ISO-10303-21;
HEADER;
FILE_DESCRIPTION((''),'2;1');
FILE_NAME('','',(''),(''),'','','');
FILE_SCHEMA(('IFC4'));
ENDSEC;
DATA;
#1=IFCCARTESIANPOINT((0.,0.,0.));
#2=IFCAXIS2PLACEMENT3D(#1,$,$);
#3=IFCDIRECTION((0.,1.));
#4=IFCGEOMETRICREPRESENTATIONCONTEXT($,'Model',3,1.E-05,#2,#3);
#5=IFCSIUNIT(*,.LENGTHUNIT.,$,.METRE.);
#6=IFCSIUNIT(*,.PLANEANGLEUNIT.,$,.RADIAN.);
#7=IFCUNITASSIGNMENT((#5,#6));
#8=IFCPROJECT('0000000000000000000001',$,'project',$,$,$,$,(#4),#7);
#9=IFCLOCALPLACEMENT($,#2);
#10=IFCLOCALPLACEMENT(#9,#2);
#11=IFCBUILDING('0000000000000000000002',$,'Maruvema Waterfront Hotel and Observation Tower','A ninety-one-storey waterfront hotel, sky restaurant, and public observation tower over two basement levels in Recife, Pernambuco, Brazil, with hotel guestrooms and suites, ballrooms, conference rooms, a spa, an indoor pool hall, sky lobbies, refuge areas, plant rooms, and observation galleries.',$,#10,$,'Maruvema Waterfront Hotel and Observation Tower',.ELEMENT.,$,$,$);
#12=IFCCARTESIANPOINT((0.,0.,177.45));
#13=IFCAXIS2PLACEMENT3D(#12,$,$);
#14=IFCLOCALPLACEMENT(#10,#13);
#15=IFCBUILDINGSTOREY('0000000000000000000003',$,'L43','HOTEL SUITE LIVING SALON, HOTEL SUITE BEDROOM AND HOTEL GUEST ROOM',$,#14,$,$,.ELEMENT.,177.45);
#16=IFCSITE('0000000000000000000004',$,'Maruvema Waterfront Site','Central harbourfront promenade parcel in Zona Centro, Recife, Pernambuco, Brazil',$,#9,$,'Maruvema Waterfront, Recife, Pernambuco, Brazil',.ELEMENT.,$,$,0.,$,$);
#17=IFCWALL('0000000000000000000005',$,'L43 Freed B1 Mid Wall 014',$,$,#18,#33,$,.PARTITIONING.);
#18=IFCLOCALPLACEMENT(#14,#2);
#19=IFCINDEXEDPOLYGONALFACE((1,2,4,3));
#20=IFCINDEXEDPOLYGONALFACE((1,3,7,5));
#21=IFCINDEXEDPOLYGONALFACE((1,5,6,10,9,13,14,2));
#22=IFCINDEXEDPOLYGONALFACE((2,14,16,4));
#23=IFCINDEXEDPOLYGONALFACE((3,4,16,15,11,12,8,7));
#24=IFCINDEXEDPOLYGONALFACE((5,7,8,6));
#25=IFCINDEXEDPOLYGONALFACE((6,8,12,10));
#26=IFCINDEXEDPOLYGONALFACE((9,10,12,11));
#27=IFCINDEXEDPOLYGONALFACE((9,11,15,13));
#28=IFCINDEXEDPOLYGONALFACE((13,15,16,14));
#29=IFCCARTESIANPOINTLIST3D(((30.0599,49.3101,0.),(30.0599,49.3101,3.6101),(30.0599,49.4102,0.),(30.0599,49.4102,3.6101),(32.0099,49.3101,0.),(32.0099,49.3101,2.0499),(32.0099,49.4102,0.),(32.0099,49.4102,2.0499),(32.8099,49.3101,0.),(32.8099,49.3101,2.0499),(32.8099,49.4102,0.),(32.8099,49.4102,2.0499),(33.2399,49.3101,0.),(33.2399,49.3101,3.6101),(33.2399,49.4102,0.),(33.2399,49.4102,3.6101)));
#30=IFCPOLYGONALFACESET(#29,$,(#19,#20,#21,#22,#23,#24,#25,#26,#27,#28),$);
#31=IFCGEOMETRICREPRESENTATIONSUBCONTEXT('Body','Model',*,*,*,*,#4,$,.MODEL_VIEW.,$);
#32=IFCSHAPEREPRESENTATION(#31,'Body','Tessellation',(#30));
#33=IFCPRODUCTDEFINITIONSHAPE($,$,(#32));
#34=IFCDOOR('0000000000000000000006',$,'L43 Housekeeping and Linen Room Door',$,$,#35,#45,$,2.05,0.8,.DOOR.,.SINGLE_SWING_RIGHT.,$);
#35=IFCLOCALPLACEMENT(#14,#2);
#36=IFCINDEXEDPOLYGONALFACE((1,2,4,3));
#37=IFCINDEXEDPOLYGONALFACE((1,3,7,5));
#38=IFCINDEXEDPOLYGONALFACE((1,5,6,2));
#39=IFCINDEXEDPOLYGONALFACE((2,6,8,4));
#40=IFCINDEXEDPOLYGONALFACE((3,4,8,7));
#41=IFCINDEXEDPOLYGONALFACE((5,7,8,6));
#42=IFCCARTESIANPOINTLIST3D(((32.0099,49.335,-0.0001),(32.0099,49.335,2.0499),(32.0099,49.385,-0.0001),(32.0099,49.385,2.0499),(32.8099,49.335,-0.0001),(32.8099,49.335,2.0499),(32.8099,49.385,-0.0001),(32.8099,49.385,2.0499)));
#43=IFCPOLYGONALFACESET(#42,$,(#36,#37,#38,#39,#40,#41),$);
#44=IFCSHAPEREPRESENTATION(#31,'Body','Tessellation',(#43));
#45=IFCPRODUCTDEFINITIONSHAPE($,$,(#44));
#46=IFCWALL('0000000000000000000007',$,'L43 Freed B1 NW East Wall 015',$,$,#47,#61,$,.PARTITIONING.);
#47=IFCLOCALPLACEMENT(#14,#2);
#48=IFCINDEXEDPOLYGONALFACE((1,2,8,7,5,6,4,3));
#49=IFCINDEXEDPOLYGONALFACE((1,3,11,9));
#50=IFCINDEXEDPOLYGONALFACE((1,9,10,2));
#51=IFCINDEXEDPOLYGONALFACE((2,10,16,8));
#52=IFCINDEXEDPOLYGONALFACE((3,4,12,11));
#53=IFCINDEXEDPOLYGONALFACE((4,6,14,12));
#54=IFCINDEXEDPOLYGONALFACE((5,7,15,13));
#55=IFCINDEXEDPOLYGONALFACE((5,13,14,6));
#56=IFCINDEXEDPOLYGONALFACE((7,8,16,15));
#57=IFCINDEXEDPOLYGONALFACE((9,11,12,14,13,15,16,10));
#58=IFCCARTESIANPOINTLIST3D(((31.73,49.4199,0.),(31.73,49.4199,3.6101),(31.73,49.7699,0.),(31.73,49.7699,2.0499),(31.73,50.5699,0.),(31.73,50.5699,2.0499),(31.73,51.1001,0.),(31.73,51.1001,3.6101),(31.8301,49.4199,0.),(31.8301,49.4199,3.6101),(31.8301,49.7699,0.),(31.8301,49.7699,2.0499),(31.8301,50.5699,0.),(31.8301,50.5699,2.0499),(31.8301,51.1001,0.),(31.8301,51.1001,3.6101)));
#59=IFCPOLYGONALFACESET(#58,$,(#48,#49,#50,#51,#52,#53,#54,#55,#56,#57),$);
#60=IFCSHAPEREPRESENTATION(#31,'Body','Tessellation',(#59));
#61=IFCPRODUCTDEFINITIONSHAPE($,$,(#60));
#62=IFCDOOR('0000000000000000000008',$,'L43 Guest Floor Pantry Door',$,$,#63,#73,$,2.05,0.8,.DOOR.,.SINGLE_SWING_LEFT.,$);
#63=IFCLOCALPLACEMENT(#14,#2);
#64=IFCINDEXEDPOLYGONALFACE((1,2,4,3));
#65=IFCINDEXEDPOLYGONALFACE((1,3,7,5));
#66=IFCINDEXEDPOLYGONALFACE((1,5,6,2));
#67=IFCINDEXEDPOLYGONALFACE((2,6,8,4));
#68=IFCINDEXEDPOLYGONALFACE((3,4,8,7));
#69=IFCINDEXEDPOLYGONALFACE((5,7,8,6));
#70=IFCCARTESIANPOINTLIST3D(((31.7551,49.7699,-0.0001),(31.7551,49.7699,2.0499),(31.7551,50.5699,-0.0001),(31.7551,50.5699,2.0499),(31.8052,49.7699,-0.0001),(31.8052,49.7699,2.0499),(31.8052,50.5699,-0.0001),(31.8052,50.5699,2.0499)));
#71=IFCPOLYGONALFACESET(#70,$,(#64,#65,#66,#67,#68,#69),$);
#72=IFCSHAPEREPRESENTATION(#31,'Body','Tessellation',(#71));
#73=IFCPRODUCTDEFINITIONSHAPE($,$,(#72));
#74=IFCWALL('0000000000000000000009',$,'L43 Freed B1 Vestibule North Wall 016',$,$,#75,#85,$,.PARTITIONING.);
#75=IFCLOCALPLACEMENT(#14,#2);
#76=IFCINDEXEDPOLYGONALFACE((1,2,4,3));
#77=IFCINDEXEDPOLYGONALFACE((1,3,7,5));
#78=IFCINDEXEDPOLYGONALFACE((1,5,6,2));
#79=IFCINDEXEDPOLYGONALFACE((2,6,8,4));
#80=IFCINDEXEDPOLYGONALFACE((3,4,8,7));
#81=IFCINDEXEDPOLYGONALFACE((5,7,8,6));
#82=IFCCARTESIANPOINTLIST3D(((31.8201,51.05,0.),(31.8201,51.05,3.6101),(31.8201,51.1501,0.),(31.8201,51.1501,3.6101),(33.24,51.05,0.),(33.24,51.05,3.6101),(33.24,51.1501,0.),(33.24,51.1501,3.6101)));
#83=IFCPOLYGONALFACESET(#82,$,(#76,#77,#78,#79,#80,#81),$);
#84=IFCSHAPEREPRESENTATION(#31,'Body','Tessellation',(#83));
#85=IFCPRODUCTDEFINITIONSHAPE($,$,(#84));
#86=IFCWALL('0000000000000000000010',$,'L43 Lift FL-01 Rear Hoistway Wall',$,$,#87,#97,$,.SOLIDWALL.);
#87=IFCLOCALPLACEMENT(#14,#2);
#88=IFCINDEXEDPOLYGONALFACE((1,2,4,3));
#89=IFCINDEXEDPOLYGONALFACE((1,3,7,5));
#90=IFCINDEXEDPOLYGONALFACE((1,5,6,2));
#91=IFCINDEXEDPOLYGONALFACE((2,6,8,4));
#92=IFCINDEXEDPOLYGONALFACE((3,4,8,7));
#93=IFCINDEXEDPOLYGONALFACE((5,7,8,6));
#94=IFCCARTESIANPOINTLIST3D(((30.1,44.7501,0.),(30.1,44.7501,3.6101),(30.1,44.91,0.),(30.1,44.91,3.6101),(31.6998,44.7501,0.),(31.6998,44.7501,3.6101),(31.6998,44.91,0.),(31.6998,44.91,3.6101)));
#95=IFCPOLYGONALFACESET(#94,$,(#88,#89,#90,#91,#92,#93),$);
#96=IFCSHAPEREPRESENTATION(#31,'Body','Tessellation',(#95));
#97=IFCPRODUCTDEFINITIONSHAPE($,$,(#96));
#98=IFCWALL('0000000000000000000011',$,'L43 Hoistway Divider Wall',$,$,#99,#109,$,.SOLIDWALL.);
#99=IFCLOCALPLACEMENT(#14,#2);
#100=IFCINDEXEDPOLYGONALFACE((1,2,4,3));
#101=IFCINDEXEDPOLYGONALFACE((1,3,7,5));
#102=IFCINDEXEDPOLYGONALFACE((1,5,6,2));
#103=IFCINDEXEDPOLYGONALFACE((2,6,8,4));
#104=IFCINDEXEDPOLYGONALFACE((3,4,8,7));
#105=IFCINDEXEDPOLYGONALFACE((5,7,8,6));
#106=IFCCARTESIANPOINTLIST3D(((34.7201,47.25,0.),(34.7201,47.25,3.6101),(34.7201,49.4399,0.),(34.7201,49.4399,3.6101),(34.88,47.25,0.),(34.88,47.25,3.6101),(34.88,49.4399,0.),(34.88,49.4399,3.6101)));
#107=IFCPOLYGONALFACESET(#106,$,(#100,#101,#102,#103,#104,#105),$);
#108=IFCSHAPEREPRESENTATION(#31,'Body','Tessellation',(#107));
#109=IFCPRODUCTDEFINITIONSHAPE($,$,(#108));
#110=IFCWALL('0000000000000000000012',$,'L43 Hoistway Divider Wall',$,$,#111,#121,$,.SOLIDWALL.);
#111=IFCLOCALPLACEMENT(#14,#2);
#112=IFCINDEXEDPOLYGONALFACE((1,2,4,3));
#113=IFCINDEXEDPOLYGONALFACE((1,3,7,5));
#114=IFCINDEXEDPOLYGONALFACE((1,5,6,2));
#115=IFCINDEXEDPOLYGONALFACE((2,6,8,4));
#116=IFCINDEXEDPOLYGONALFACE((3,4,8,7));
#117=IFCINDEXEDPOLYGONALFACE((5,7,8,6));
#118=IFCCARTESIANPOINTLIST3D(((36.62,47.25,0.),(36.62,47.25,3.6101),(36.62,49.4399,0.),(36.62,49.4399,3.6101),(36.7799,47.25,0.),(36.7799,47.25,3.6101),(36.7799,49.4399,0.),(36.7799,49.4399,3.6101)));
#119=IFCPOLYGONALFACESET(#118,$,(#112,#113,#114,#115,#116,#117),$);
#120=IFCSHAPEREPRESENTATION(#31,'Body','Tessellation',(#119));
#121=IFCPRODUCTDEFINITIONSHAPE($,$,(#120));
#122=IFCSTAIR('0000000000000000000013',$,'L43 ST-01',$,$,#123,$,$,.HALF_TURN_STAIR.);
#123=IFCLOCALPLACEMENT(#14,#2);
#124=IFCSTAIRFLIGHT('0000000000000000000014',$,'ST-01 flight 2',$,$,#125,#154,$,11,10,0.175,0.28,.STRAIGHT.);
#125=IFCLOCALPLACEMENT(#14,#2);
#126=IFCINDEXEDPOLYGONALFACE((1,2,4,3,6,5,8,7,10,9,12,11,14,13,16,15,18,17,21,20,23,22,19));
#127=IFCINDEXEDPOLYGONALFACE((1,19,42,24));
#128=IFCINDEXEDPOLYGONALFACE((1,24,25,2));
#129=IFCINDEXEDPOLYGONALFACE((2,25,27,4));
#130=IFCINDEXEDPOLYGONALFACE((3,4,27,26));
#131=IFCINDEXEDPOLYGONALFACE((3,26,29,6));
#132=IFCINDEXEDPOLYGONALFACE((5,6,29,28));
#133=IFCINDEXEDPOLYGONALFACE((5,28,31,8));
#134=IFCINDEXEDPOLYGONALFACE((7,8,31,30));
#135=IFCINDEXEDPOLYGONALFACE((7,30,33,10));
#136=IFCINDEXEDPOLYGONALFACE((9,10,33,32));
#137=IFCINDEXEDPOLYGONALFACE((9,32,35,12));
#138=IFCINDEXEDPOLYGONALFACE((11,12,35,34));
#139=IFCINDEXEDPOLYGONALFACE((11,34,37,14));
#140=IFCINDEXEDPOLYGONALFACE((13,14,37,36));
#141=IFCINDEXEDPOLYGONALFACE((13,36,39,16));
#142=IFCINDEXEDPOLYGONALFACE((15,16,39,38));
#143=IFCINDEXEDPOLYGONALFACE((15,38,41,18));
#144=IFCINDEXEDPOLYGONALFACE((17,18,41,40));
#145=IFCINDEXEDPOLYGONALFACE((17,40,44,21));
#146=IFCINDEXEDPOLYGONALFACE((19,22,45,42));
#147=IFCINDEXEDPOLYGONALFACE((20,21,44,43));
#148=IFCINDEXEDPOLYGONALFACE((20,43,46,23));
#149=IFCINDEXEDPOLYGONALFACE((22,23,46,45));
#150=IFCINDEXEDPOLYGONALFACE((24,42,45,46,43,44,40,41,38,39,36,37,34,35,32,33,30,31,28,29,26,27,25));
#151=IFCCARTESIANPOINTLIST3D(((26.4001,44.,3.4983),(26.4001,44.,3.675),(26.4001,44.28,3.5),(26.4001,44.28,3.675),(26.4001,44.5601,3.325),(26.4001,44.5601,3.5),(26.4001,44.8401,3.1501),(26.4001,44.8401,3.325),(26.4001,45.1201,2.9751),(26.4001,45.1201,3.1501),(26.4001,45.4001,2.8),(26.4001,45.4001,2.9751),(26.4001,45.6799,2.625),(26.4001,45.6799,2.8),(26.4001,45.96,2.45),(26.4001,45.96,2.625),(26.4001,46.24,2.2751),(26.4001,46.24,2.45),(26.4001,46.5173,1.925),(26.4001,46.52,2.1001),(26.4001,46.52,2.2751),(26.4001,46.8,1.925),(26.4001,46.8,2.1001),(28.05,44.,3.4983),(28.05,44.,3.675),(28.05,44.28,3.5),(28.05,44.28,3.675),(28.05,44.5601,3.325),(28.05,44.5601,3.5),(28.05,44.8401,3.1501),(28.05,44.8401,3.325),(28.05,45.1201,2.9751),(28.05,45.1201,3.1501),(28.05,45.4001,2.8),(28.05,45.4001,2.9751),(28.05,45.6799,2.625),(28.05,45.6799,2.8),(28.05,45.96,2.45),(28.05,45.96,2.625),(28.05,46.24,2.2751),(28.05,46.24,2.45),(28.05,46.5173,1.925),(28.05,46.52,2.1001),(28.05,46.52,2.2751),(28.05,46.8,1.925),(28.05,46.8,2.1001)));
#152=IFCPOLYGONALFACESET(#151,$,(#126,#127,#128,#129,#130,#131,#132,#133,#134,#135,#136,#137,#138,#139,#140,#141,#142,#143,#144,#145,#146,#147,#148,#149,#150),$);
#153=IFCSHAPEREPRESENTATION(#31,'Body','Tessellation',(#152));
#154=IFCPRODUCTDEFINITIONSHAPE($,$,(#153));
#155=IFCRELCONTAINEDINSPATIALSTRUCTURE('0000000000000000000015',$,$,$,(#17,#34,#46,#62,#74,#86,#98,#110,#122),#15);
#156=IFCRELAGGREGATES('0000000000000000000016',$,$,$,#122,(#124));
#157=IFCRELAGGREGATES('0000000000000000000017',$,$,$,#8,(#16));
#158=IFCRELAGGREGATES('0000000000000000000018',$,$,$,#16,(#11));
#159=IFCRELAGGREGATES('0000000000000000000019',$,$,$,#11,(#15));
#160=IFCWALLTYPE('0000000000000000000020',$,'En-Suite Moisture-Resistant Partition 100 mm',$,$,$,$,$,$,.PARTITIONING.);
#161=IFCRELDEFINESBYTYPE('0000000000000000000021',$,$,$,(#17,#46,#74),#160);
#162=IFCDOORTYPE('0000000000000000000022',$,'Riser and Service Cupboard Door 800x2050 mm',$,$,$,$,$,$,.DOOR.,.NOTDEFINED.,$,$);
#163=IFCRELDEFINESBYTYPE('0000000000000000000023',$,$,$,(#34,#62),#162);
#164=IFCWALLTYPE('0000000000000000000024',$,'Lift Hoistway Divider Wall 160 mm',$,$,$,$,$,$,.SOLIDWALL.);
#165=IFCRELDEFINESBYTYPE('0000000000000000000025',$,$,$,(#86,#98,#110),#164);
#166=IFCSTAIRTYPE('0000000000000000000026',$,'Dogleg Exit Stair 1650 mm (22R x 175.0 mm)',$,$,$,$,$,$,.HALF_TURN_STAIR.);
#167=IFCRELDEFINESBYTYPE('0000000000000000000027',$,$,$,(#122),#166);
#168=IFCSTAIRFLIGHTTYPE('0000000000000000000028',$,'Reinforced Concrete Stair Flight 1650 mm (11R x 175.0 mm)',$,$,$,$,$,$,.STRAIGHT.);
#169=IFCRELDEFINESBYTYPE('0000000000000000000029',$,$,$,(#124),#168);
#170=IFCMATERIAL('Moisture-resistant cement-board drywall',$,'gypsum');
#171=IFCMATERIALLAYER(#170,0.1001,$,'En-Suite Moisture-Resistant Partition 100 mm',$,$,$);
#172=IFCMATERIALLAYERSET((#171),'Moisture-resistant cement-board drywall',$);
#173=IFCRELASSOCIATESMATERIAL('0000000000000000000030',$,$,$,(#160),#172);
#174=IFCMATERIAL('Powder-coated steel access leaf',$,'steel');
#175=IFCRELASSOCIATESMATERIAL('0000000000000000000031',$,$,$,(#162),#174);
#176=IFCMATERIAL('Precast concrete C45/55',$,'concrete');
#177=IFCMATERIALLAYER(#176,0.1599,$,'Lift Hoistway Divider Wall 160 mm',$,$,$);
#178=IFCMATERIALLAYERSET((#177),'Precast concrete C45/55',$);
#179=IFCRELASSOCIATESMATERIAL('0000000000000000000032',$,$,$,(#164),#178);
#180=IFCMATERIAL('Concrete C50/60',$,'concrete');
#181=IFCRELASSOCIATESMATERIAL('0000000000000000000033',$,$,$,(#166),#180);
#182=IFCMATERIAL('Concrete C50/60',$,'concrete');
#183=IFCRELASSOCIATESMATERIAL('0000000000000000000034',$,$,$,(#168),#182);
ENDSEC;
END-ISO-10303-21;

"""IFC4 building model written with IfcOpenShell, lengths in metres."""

from ifc_helpers import new_model, si_unit, direction, frame, frame_2d, origin, place, context, subcontext, project, spatial, polyline, rectangle, outline, extrude, material, layer, layer_set, type_object, element, fill, aggregate, save


model = new_model("IFC4")

# Units and contexts
model_context = context("Model", 3, precision=1e-05, world=origin(), true_north=direction((0.0, 1.0)))
body_context = subcontext(model_context, "Body", "Model", "MODEL_VIEW")
ifc_project = project(units=[si_unit("LENGTHUNIT", "METRE"), si_unit("PLANEANGLEUNIT", "RADIAN")], contexts=[model_context])

# Site, building, storey
site_placement = place(None, origin())
site = spatial("IfcSite", under=ifc_project, at=site_placement, Name="Maruvema Waterfront Site", Description="Central harbourfront promenade parcel in Zona Centro, Recife, Pernambuco, Brazil", LongName="Maruvema Waterfront, Recife, Pernambuco, Brazil", CompositionType="ELEMENT", RefElevation=0.0)
building_placement = place(site_placement, origin())
building = spatial("IfcBuilding", under=site, at=building_placement, Name="Maruvema Waterfront Hotel and Observation Tower", Description="A ninety-one-storey waterfront hotel, sky restaurant, and public observation tower over two basement levels in Recife, Pernambuco, Brazil, with hotel guestrooms and suites, ballrooms, conference rooms, a spa, an indoor pool hall, sky lobbies, refuge areas, plant rooms, and observation galleries.", LongName="Maruvema Waterfront Hotel and Observation Tower", CompositionType="ELEMENT")
storey_placement = place(building_placement, frame((0.0, 0.0, 177.45)))
storey = spatial("IfcBuildingStorey", under=building, at=storey_placement, Name="L43", Description="HOTEL SUITE LIVING SALON, HOTEL SUITE BEDROOM AND HOTEL GUEST ROOM", CompositionType="ELEMENT", Elevation=177.45)

# Shared definitions
ifc_material_1 = material(Name="Moisture-resistant cement-board drywall", Category="gypsum")
ifc_layer_1 = layer(ifc_material_1, 0.1001, Name="En-Suite Moisture-Resistant Partition 100 mm")
ifc_layer_set_1 = layer_set([ifc_layer_1], Name="Moisture-resistant cement-board drywall")
wall_type_1 = type_object("IfcWallType", Name="En-Suite Moisture-Resistant Partition 100 mm", PredefinedType="PARTITIONING", material=ifc_layer_set_1)

# Walls, openings, doors
wall_1_placement = place(storey_placement, frame((30.0601, 49.3601, 0.0), z_axis=(0.0, 0.0, 1.0), x_axis=(1.0, 0.0, 0.0)))
wall_1 = element("IfcWall", 1, at=wall_1_placement, inside=storey, type_object=wall_type_1, Name="L43 Freed B1 Mid Wall 014", PredefinedType="PARTITIONING", context=body_context, shape_type="SweptSolid", body=[
    extrude(rectangle(XDim=3.1799, YDim=0.1001, at=frame_2d((1.5898, 0.0))), origin(), (0.0, 0.0, 1.0), 3.6101),
])
opening_1_placement = place(wall_1_placement, frame((1.95, 0.0, 0.0)))
opening_1 = element("IfcOpeningElement", 2, at=opening_1_placement, cuts=wall_1, PredefinedType="OPENING", context=body_context, shape_type="SweptSolid", body=[
    extrude(rectangle(XDim=0.8, YDim=2.05, at=frame_2d((0.3999, 1.0249))), frame((0.0, 0.0601, 0.0), z_axis=(0.0, -1.0, 0.0), x_axis=(1.0, 0.0, 0.0)), (0.0, 0.0, 1.0), 0.1201),
])
ifc_material_2 = material(Name="Powder-coated steel access leaf", Category="steel")
door_type_1 = type_object("IfcDoorType", Name="Riser and Service Cupboard Door 800x2050 mm", OperationType="NOTDEFINED", PredefinedType="DOOR", material=ifc_material_2)
door_1_placement = place(opening_1_placement, origin())
door_1 = element("IfcDoor", 3, at=door_1_placement, inside=storey, type_object=door_type_1, Name="L43 Housekeeping and Linen Room Door", OperationType="SINGLE_SWING_RIGHT", OverallHeight=2.05, OverallWidth=0.8, PredefinedType="DOOR", context=body_context, shape_type="SweptSolid", body=[
    extrude(rectangle(XDim=0.8, YDim=2.05, at=frame_2d((0.3999, 1.0249))), frame((0.0, 0.0249, 0.0), z_axis=(0.0, -1.0, 0.0), x_axis=(1.0, 0.0, 0.0)), (0.0, 0.0, 1.0), 0.05),
])
fill(opening_1, door_1)
wall_2_placement = place(storey_placement, frame((31.78, 49.4199, 0.0), z_axis=(0.0, 0.0, 1.0), x_axis=(0.0, 1.0, 0.0)))
wall_2 = element("IfcWall", 4, at=wall_2_placement, inside=storey, type_object=wall_type_1, Name="L43 Freed B1 NW East Wall 015", PredefinedType="PARTITIONING", context=body_context, shape_type="SweptSolid", body=[
    extrude(rectangle(XDim=1.6802, YDim=0.1001, at=frame_2d((0.8401, 0.0))), origin(), (0.0, 0.0, 1.0), 3.6101),
])
opening_2_placement = place(wall_2_placement, frame((0.3501, 0.0, 0.0)))
opening_2 = element("IfcOpeningElement", 5, at=opening_2_placement, cuts=wall_2, PredefinedType="OPENING", context=body_context, shape_type="SweptSolid", body=[
    extrude(rectangle(XDim=0.8, YDim=2.05, at=frame_2d((0.3999, 1.0249))), frame((0.0, 0.0601, 0.0), z_axis=(0.0, -1.0, 0.0), x_axis=(1.0, 0.0, 0.0)), (0.0, 0.0, 1.0), 0.1201),
])
door_2_placement = place(opening_2_placement, origin())
door_2 = element("IfcDoor", 6, at=door_2_placement, inside=storey, type_object=door_type_1, Name="L43 Guest Floor Pantry Door", OperationType="SINGLE_SWING_LEFT", OverallHeight=2.05, OverallWidth=0.8, PredefinedType="DOOR", context=body_context, shape_type="SweptSolid", body=[
    extrude(rectangle(XDim=0.8, YDim=2.05, at=frame_2d((0.3999, 1.0249))), frame((0.0, 0.0249, 0.0), z_axis=(0.0, -1.0, 0.0), x_axis=(1.0, 0.0, 0.0)), (0.0, 0.0, 1.0), 0.05),
])
fill(opening_2, door_2)

# Walls
wall_3_placement = place(storey_placement, frame((31.8201, 51.1001, 0.0), z_axis=(0.0, 0.0, 1.0), x_axis=(1.0, 0.0, 0.0)))
element("IfcWall", 7, at=wall_3_placement, inside=storey, type_object=wall_type_1, Name="L43 Freed B1 Vestibule North Wall 016", PredefinedType="PARTITIONING", context=body_context, shape_type="SweptSolid", body=[
    extrude(rectangle(XDim=1.4199, YDim=0.1001, at=frame_2d((0.71, 0.0))), origin(), (0.0, 0.0, 1.0), 3.6101),
])
ifc_material_3 = material(Name="Precast concrete C45/55", Category="concrete")
ifc_layer_2 = layer(ifc_material_3, 0.1599, Name="Lift Hoistway Divider Wall 160 mm")
ifc_layer_set_2 = layer_set([ifc_layer_2], Name="Precast concrete C45/55")
wall_type_2 = type_object("IfcWallType", Name="Lift Hoistway Divider Wall 160 mm", PredefinedType="SOLIDWALL", material=ifc_layer_set_2)
wall_4_placement = place(storey_placement, frame((30.1001, 44.8301, 0.0), z_axis=(0.0, 0.0, 1.0), x_axis=(1.0, 0.0, 0.0)))
element("IfcWall", 8, at=wall_4_placement, inside=storey, type_object=wall_type_2, Name="L43 Lift FL-01 Rear Hoistway Wall", PredefinedType="SOLIDWALL", context=body_context, shape_type="SweptSolid", body=[
    extrude(rectangle(XDim=1.5999, YDim=0.1599, at=frame_2d((0.7998, 0.0))), origin(), (0.0, 0.0, 1.0), 3.6101),
])
for number, where, z_axis, x_axis, name in (
    (9, (34.8, 47.25, 0.0), (0.0, 0.0, 1.0), (0.0, 1.0, 0.0), "L43 Hoistway Divider Wall"),
    (10, (36.7, 47.25, 0.0), (0.0, 0.0, 1.0), (0.0, 1.0, 0.0), "L43 Hoistway Divider Wall"),
):
    element("IfcWall", number, at=place(storey_placement, frame(where, z_axis=z_axis, x_axis=x_axis)), inside=storey, type_object=wall_type_2, Name=name, PredefinedType="SOLIDWALL", context=body_context, shape_type="SweptSolid", body=[
        extrude(rectangle(XDim=2.1899, YDim=0.1599, at=frame_2d((1.095, 0.0))), origin(), (0.0, 0.0, 1.0), 3.6101),
    ])

# Stair, stair flight
ifc_material_4 = material(Name="Concrete C50/60", Category="concrete")
stair_type = type_object("IfcStairType", Name="Dogleg Exit Stair 1650 mm (22R x 175.0 mm)", PredefinedType="HALF_TURN_STAIR", material=ifc_material_4)
stair_1_placement = place(storey_placement, origin())
stair_1 = element("IfcStair", 11, at=stair_1_placement, inside=storey, type_object=stair_type, Name="L43 ST-01", PredefinedType="HALF_TURN_STAIR")
ifc_material_5 = material(Name="Concrete C50/60", Category="concrete")
stair_flight_type = type_object("IfcStairFlightType", Name="Reinforced Concrete Stair Flight 1650 mm (11R x 175.0 mm)", PredefinedType="STRAIGHT", material=ifc_material_5)
stair_flight_1_placement = place(storey_placement, frame((27.2251, 46.8, 1.925), z_axis=(0.0, 0.0, 1.0), x_axis=(0.0, -1.0, 0.0)))
stair_flight_1 = element("IfcStairFlight", 12, at=stair_flight_1_placement, type_object=stair_flight_type, Name="ST-01 flight 2", NumberOfRisers=11, NumberOfTreads=10, PredefinedType="STRAIGHT", RiserHeight=0.175, TreadLength=0.28, context=body_context, shape_type="SweptSolid", body=[
    extrude(outline(polyline([(0.0, 0.0), (0.0, 0.175), (0.28, 0.175), (0.28, 0.3501), (0.5601, 0.3501), (0.5601, 0.5249), (0.8401, 0.5249), (0.8401, 0.7), (1.1201, 0.7), (1.1201, 0.875), (1.3999, 0.875), (1.3999, 1.05), (1.6799, 1.05), (1.6799, 1.2251), (1.96, 1.2251), (1.96, 1.3999), (2.24, 1.3999), (2.24, 1.575), (2.52, 1.575), (2.52, 1.75), (2.8, 1.75), (2.8, 1.925), (2.8, 1.5732), (0.2827, 0.0), (0.0, 0.0)])), frame((0.0, 0.825, 0.0), z_axis=(0.0, -1.0, 0.0), x_axis=(1.0, 0.0, 0.0)), (0.0, 0.0, 1.0), 1.6499),
])
aggregate(stair_1, [stair_flight_1])

save(model, "model.ifc")
